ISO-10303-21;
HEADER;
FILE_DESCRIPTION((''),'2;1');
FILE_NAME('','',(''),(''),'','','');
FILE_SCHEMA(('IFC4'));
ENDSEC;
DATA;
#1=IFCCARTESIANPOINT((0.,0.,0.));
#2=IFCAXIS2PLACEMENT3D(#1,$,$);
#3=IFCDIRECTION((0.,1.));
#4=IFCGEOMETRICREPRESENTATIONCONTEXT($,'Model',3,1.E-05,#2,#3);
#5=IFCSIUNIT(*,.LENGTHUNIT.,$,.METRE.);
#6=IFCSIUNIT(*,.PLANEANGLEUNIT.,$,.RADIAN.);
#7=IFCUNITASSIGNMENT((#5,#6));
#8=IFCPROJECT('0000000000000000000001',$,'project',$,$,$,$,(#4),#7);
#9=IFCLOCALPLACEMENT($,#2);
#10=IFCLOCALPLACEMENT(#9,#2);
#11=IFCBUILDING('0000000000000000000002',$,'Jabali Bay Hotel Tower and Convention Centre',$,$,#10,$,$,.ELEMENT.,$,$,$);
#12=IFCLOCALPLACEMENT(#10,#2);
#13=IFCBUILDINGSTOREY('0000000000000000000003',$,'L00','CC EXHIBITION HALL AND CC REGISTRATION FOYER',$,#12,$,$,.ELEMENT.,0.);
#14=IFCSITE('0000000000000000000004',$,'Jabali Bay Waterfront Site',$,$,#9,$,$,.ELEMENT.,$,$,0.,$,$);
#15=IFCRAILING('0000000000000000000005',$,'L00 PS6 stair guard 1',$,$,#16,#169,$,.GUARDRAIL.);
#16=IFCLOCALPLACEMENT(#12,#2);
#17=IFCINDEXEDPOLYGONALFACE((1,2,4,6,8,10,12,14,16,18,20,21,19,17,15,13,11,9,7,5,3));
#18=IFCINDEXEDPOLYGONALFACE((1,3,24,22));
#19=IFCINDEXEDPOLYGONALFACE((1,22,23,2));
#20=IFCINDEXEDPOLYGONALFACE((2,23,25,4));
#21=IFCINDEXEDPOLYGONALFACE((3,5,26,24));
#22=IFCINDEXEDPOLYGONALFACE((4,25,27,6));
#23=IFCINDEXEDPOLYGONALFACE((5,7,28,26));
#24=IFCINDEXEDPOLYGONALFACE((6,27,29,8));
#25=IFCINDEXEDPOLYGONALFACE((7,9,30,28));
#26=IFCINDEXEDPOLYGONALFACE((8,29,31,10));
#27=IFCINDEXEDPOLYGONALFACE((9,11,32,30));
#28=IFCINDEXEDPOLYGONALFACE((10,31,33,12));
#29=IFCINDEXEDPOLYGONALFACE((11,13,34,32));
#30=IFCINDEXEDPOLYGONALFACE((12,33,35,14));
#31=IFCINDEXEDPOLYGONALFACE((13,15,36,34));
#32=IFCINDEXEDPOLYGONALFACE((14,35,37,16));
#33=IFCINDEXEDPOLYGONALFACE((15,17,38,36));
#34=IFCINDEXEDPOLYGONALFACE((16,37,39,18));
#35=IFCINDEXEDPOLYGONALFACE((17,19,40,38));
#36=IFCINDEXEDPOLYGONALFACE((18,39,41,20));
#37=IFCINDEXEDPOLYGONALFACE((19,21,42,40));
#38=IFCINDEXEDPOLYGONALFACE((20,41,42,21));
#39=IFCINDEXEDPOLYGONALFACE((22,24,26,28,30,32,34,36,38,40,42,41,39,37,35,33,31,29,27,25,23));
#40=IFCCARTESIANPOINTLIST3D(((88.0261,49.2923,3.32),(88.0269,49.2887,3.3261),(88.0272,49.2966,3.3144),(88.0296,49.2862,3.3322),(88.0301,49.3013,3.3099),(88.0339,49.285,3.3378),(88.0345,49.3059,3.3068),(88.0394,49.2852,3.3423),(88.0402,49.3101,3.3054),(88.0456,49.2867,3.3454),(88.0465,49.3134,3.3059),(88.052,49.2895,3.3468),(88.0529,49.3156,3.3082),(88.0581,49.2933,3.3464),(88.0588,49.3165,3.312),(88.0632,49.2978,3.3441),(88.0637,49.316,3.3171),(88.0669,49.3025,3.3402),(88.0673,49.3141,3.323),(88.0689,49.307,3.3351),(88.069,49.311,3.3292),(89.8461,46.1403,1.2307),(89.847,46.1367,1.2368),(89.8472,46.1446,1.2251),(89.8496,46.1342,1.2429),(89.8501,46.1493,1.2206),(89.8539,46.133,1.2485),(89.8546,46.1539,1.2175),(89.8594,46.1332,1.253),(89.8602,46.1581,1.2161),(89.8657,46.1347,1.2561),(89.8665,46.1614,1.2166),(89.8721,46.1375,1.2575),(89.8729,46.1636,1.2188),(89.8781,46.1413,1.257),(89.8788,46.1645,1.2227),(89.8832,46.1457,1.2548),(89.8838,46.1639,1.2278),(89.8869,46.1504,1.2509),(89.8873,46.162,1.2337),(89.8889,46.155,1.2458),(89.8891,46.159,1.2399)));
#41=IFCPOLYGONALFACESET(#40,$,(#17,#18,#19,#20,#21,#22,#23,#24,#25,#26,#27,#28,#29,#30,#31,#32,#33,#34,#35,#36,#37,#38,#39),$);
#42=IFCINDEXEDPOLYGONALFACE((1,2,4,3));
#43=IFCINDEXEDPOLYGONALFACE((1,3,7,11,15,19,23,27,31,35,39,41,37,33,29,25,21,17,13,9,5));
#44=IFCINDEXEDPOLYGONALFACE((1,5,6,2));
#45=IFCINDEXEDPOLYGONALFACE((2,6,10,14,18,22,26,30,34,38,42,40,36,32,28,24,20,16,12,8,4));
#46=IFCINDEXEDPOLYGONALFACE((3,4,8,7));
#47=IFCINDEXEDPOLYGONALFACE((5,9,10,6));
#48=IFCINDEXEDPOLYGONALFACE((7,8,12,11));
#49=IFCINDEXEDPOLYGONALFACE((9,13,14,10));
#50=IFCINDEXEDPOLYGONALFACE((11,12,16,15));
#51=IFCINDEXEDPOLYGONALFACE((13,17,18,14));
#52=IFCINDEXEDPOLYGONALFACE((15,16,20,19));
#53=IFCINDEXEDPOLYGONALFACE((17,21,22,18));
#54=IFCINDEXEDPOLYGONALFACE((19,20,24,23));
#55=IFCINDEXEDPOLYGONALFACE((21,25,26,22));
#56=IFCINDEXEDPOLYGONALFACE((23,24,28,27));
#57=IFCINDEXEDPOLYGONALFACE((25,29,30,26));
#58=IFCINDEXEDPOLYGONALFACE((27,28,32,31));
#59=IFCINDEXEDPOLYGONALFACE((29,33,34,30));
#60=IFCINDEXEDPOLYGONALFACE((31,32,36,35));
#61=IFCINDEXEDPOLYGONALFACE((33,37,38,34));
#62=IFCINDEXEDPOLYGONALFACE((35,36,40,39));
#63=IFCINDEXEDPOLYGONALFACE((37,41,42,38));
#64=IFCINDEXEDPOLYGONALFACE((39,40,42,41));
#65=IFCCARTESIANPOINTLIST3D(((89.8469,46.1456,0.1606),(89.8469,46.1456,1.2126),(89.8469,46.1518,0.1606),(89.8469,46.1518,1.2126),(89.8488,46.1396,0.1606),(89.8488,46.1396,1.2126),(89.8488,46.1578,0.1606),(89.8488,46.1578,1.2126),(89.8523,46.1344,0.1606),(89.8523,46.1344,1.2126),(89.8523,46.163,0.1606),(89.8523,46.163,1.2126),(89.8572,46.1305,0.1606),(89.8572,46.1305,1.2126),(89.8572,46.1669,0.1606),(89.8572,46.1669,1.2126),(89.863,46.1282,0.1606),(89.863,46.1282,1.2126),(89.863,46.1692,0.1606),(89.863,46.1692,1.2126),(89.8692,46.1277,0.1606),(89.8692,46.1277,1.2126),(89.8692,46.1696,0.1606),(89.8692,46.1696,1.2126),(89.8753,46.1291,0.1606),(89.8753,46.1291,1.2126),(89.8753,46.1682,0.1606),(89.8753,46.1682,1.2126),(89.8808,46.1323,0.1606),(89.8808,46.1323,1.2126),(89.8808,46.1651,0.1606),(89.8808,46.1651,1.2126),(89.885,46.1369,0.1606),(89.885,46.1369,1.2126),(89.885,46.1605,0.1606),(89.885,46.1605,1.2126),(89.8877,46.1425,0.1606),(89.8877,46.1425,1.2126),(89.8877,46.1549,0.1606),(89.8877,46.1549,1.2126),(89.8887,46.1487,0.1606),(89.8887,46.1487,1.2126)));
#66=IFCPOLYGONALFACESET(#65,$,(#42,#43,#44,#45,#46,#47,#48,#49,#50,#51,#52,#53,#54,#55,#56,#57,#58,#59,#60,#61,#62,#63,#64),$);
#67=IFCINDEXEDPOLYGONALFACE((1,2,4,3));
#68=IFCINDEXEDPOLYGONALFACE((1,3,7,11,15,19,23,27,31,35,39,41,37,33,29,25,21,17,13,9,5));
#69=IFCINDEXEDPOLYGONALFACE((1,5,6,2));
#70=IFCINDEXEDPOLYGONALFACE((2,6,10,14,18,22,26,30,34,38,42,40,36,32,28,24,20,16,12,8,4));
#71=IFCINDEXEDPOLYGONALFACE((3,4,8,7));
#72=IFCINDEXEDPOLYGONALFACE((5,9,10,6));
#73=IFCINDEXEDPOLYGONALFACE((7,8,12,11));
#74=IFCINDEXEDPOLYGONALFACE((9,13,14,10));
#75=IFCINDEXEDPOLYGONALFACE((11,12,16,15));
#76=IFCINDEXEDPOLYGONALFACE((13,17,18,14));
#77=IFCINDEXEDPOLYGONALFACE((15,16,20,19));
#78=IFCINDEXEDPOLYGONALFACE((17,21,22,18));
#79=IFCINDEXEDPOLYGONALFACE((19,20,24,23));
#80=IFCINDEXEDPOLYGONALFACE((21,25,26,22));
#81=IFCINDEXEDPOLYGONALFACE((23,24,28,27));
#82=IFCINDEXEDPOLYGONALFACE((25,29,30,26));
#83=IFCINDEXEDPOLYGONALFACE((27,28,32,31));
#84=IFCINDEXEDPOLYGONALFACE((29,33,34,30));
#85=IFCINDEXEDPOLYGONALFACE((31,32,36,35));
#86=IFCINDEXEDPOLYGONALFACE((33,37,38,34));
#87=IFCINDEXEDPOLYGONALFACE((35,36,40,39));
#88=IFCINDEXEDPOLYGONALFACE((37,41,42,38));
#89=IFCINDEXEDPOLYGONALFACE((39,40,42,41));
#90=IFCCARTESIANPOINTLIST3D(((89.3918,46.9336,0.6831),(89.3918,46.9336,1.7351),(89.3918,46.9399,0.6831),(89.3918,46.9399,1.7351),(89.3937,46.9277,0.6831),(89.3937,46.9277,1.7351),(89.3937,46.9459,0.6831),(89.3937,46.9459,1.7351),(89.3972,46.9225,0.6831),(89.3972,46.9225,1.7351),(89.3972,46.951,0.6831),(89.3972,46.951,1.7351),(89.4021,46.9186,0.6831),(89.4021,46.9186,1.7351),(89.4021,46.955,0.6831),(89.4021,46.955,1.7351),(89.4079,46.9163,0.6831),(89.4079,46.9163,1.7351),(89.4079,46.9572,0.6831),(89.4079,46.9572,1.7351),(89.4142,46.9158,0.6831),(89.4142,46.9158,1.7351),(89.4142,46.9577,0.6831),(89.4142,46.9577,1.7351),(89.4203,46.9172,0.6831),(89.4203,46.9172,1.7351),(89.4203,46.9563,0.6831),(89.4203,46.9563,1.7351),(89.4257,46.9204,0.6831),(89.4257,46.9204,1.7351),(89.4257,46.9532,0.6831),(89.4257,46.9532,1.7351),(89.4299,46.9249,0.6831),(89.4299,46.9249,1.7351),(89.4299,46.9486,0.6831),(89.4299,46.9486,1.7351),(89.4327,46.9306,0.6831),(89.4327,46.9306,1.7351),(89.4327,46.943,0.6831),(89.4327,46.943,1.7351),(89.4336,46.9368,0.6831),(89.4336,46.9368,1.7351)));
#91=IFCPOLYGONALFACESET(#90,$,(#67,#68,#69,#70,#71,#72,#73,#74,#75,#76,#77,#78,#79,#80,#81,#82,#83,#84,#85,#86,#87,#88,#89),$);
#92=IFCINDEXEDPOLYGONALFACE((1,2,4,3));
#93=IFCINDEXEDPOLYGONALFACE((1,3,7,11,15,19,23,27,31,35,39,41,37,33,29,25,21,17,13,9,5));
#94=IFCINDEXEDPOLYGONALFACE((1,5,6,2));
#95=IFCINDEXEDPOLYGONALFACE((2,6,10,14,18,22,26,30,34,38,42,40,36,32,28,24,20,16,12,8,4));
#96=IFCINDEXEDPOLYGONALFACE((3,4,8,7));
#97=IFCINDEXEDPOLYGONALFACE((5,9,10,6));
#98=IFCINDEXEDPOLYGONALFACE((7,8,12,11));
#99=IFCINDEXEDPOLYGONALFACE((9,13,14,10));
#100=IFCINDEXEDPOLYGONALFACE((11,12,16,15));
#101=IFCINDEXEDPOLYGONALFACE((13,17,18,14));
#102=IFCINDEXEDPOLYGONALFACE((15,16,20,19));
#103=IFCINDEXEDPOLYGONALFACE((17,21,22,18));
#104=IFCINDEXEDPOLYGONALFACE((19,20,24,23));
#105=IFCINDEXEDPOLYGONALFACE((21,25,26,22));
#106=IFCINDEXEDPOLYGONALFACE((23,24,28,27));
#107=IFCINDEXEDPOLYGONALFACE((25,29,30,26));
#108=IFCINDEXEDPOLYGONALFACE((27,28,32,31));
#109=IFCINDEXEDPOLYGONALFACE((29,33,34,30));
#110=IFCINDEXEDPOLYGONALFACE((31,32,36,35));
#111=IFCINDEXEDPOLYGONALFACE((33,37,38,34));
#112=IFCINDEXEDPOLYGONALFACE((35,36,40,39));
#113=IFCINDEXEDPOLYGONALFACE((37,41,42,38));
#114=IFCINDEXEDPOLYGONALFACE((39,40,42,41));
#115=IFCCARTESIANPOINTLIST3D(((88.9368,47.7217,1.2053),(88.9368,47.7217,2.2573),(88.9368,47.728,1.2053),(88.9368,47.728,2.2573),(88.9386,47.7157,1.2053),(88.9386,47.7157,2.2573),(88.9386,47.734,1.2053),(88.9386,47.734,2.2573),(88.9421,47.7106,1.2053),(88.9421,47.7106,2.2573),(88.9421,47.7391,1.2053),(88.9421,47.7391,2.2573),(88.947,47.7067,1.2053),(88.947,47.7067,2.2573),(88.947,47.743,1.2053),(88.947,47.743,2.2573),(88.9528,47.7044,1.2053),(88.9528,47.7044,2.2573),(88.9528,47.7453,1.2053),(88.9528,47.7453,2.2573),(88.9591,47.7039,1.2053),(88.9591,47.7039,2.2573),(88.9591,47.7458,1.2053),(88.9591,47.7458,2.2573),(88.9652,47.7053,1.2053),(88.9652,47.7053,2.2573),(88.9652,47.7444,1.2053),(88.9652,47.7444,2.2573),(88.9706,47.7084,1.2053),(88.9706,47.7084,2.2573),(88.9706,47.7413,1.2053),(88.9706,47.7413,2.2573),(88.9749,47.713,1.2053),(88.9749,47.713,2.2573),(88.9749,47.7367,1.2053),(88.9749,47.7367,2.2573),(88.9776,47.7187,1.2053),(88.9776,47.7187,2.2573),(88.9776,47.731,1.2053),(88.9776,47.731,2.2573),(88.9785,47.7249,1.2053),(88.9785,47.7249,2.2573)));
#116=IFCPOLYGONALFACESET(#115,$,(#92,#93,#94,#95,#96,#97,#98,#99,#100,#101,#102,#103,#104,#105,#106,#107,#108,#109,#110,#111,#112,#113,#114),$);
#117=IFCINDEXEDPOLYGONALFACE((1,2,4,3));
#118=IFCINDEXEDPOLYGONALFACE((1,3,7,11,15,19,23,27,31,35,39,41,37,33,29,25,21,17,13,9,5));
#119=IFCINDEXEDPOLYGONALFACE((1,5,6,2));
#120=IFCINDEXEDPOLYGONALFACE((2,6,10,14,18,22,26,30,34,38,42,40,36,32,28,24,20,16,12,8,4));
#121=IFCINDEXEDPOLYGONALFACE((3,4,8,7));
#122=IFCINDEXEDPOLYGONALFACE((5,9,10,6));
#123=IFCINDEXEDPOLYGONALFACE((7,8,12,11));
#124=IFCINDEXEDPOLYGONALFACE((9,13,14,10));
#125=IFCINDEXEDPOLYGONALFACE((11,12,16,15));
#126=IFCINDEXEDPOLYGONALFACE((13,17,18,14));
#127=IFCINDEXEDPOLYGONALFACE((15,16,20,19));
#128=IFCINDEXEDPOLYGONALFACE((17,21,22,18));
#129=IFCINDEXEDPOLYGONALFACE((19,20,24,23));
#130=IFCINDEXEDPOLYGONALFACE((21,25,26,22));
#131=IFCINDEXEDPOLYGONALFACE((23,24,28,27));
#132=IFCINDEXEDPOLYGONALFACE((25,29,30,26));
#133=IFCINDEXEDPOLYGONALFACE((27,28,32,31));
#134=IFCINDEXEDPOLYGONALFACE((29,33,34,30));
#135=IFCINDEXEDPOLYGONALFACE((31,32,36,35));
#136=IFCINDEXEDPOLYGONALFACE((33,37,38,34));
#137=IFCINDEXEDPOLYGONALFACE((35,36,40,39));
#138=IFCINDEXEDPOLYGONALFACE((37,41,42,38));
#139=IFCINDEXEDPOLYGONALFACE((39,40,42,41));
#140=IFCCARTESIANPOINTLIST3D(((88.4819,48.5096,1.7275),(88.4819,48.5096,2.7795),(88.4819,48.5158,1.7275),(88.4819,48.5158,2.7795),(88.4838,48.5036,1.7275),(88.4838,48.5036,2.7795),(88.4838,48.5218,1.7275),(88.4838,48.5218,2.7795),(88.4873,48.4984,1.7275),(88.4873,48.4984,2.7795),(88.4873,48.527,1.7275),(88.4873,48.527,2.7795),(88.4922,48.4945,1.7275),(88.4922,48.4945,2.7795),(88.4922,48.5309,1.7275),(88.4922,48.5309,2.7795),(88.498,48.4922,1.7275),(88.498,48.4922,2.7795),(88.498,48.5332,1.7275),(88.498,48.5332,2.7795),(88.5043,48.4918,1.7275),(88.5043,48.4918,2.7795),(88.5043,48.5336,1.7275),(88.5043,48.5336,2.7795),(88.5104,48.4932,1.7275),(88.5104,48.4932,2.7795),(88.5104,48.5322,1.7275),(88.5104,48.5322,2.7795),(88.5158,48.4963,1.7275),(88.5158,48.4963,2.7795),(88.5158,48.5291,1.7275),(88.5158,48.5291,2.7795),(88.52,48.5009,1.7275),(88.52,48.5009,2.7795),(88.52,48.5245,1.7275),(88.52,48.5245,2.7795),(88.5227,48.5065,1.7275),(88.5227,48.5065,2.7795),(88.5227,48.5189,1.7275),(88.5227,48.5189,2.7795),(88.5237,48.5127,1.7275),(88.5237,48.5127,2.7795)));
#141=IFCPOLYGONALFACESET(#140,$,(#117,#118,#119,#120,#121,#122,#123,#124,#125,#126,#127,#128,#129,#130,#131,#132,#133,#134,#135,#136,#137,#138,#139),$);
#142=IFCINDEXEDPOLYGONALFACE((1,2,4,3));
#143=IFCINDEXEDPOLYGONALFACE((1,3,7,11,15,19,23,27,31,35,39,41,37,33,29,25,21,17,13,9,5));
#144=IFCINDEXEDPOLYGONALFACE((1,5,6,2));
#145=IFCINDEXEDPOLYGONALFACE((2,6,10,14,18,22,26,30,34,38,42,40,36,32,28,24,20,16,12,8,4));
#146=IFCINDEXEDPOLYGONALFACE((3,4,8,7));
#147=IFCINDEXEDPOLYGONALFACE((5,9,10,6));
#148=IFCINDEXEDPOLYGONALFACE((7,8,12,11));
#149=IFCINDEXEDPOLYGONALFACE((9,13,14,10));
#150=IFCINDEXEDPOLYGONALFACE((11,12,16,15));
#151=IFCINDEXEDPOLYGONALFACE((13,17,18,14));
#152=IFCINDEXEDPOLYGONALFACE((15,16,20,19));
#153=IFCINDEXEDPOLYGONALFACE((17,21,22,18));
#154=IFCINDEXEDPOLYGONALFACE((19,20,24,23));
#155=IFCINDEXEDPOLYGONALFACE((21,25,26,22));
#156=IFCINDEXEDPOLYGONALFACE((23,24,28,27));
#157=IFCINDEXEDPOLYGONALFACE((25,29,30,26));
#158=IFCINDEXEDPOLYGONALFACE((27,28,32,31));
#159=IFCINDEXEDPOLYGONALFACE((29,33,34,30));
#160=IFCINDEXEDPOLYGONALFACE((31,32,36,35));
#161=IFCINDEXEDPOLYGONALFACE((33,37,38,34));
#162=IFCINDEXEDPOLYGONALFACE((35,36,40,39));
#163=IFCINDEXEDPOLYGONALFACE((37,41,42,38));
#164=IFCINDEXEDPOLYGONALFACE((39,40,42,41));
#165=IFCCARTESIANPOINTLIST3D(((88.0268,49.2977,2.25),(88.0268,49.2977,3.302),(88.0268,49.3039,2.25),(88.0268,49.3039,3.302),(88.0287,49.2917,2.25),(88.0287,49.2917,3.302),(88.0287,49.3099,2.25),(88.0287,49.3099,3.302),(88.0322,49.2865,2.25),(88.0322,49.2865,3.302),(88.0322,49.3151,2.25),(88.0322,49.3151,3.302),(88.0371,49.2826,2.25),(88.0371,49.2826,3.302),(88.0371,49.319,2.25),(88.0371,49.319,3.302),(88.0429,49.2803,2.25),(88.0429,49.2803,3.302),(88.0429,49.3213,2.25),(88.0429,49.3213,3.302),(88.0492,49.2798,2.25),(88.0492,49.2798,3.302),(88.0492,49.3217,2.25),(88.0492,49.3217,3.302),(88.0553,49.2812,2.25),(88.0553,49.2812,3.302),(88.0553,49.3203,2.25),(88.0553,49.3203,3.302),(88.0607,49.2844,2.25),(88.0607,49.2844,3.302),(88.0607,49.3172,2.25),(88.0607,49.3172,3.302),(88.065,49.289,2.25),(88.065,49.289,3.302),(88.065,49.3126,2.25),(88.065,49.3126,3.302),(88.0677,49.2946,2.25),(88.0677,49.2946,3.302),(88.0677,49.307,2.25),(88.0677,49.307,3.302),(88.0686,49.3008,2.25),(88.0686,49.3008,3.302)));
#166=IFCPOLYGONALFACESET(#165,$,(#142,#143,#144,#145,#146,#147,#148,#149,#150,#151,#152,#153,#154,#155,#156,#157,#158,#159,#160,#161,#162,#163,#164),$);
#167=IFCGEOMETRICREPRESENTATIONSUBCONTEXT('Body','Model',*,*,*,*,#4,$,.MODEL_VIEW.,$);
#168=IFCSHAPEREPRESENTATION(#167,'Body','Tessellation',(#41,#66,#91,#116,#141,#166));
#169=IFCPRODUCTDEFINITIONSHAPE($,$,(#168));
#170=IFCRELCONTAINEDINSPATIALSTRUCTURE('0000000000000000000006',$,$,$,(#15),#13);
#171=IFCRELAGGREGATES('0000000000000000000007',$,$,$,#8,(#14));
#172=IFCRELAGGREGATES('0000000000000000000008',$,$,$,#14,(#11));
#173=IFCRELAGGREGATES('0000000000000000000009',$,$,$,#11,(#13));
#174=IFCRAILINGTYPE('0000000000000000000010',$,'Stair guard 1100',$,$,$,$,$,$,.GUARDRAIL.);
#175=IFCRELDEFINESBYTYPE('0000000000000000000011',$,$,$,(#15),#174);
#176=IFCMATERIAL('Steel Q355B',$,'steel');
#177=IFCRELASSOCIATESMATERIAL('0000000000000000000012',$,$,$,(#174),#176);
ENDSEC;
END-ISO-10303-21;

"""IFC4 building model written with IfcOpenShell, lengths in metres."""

from ifc_helpers import new_model, si_unit, direction, frame, origin, origin_2d, place, context, subcontext, project, spatial, circle, extrude, material, type_object, element, save


model = new_model("IFC4")

# Units and contexts
model_context = context("Model", 3, precision=1e-05, world=origin(), true_north=direction((0.0, 1.0)))
body_context = subcontext(model_context, "Body", "Model", "MODEL_VIEW")
ifc_project = project(units=[si_unit("LENGTHUNIT", "METRE"), si_unit("PLANEANGLEUNIT", "RADIAN")], contexts=[model_context])

# Site, building, storey
site_placement = place(None, origin())
site = spatial("IfcSite", under=ifc_project, at=site_placement, Name="Jabali Bay Waterfront Site", CompositionType="ELEMENT", RefElevation=0.0)
building_placement = place(site_placement, origin())
building = spatial("IfcBuilding", under=site, at=building_placement, Name="Jabali Bay Hotel Tower and Convention Centre", CompositionType="ELEMENT")
storey_placement = place(building_placement, origin())
storey = spatial("IfcBuildingStorey", under=building, at=storey_placement, Name="L00", Description="CC EXHIBITION HALL AND CC REGISTRATION FOYER", CompositionType="ELEMENT", Elevation=0.0)

# Railing
ifc_material_1 = material(Name="Steel Q355B", Category="steel")
railing_type_1 = type_object("IfcRailingType", Name="Stair guard 1100", PredefinedType="GUARDRAIL", material=ifc_material_1)
railing_1_placement = place(storey_placement, frame((89.8677, 46.1487, 0.1606)))
element("IfcRailing", 1, at=railing_1_placement, inside=storey, type_object=railing_type_1, Name="L00 PS6 stair guard 1", PredefinedType="GUARDRAIL", context=body_context, shape_type="SweptSolid", body=[
    extrude(circle(Radius=0.0239, at=origin_2d()), frame((0.0, 0.0, 1.0762), z_axis=(-0.433672, 0.751058, 0.497836), x_axis=(-0.866001, -0.500042, 0.0)), (0.0, 0.0, 1.0), 4.1968),
    extrude(circle(Radius=0.021, at=origin_2d()), origin(), (0.0, 0.0, 1.0), 1.052),
    extrude(circle(Radius=0.021, at=origin_2d()), frame((-0.4551, 0.7881, 0.5225)), (0.0, 0.0, 1.0), 1.052),
    extrude(circle(Radius=0.021, at=origin_2d()), frame((-0.9102, 1.5762, 1.0447)), (0.0, 0.0, 1.0), 1.052),
    extrude(circle(Radius=0.021, at=origin_2d()), frame((-1.365, 2.364, 1.5669)), (0.0, 0.0, 1.0), 1.052),
    extrude(circle(Radius=0.021, at=origin_2d()), frame((-1.8201, 3.1521, 2.0894)), (0.0, 0.0, 1.0), 1.052),
])

save(model, "model.ifc")
